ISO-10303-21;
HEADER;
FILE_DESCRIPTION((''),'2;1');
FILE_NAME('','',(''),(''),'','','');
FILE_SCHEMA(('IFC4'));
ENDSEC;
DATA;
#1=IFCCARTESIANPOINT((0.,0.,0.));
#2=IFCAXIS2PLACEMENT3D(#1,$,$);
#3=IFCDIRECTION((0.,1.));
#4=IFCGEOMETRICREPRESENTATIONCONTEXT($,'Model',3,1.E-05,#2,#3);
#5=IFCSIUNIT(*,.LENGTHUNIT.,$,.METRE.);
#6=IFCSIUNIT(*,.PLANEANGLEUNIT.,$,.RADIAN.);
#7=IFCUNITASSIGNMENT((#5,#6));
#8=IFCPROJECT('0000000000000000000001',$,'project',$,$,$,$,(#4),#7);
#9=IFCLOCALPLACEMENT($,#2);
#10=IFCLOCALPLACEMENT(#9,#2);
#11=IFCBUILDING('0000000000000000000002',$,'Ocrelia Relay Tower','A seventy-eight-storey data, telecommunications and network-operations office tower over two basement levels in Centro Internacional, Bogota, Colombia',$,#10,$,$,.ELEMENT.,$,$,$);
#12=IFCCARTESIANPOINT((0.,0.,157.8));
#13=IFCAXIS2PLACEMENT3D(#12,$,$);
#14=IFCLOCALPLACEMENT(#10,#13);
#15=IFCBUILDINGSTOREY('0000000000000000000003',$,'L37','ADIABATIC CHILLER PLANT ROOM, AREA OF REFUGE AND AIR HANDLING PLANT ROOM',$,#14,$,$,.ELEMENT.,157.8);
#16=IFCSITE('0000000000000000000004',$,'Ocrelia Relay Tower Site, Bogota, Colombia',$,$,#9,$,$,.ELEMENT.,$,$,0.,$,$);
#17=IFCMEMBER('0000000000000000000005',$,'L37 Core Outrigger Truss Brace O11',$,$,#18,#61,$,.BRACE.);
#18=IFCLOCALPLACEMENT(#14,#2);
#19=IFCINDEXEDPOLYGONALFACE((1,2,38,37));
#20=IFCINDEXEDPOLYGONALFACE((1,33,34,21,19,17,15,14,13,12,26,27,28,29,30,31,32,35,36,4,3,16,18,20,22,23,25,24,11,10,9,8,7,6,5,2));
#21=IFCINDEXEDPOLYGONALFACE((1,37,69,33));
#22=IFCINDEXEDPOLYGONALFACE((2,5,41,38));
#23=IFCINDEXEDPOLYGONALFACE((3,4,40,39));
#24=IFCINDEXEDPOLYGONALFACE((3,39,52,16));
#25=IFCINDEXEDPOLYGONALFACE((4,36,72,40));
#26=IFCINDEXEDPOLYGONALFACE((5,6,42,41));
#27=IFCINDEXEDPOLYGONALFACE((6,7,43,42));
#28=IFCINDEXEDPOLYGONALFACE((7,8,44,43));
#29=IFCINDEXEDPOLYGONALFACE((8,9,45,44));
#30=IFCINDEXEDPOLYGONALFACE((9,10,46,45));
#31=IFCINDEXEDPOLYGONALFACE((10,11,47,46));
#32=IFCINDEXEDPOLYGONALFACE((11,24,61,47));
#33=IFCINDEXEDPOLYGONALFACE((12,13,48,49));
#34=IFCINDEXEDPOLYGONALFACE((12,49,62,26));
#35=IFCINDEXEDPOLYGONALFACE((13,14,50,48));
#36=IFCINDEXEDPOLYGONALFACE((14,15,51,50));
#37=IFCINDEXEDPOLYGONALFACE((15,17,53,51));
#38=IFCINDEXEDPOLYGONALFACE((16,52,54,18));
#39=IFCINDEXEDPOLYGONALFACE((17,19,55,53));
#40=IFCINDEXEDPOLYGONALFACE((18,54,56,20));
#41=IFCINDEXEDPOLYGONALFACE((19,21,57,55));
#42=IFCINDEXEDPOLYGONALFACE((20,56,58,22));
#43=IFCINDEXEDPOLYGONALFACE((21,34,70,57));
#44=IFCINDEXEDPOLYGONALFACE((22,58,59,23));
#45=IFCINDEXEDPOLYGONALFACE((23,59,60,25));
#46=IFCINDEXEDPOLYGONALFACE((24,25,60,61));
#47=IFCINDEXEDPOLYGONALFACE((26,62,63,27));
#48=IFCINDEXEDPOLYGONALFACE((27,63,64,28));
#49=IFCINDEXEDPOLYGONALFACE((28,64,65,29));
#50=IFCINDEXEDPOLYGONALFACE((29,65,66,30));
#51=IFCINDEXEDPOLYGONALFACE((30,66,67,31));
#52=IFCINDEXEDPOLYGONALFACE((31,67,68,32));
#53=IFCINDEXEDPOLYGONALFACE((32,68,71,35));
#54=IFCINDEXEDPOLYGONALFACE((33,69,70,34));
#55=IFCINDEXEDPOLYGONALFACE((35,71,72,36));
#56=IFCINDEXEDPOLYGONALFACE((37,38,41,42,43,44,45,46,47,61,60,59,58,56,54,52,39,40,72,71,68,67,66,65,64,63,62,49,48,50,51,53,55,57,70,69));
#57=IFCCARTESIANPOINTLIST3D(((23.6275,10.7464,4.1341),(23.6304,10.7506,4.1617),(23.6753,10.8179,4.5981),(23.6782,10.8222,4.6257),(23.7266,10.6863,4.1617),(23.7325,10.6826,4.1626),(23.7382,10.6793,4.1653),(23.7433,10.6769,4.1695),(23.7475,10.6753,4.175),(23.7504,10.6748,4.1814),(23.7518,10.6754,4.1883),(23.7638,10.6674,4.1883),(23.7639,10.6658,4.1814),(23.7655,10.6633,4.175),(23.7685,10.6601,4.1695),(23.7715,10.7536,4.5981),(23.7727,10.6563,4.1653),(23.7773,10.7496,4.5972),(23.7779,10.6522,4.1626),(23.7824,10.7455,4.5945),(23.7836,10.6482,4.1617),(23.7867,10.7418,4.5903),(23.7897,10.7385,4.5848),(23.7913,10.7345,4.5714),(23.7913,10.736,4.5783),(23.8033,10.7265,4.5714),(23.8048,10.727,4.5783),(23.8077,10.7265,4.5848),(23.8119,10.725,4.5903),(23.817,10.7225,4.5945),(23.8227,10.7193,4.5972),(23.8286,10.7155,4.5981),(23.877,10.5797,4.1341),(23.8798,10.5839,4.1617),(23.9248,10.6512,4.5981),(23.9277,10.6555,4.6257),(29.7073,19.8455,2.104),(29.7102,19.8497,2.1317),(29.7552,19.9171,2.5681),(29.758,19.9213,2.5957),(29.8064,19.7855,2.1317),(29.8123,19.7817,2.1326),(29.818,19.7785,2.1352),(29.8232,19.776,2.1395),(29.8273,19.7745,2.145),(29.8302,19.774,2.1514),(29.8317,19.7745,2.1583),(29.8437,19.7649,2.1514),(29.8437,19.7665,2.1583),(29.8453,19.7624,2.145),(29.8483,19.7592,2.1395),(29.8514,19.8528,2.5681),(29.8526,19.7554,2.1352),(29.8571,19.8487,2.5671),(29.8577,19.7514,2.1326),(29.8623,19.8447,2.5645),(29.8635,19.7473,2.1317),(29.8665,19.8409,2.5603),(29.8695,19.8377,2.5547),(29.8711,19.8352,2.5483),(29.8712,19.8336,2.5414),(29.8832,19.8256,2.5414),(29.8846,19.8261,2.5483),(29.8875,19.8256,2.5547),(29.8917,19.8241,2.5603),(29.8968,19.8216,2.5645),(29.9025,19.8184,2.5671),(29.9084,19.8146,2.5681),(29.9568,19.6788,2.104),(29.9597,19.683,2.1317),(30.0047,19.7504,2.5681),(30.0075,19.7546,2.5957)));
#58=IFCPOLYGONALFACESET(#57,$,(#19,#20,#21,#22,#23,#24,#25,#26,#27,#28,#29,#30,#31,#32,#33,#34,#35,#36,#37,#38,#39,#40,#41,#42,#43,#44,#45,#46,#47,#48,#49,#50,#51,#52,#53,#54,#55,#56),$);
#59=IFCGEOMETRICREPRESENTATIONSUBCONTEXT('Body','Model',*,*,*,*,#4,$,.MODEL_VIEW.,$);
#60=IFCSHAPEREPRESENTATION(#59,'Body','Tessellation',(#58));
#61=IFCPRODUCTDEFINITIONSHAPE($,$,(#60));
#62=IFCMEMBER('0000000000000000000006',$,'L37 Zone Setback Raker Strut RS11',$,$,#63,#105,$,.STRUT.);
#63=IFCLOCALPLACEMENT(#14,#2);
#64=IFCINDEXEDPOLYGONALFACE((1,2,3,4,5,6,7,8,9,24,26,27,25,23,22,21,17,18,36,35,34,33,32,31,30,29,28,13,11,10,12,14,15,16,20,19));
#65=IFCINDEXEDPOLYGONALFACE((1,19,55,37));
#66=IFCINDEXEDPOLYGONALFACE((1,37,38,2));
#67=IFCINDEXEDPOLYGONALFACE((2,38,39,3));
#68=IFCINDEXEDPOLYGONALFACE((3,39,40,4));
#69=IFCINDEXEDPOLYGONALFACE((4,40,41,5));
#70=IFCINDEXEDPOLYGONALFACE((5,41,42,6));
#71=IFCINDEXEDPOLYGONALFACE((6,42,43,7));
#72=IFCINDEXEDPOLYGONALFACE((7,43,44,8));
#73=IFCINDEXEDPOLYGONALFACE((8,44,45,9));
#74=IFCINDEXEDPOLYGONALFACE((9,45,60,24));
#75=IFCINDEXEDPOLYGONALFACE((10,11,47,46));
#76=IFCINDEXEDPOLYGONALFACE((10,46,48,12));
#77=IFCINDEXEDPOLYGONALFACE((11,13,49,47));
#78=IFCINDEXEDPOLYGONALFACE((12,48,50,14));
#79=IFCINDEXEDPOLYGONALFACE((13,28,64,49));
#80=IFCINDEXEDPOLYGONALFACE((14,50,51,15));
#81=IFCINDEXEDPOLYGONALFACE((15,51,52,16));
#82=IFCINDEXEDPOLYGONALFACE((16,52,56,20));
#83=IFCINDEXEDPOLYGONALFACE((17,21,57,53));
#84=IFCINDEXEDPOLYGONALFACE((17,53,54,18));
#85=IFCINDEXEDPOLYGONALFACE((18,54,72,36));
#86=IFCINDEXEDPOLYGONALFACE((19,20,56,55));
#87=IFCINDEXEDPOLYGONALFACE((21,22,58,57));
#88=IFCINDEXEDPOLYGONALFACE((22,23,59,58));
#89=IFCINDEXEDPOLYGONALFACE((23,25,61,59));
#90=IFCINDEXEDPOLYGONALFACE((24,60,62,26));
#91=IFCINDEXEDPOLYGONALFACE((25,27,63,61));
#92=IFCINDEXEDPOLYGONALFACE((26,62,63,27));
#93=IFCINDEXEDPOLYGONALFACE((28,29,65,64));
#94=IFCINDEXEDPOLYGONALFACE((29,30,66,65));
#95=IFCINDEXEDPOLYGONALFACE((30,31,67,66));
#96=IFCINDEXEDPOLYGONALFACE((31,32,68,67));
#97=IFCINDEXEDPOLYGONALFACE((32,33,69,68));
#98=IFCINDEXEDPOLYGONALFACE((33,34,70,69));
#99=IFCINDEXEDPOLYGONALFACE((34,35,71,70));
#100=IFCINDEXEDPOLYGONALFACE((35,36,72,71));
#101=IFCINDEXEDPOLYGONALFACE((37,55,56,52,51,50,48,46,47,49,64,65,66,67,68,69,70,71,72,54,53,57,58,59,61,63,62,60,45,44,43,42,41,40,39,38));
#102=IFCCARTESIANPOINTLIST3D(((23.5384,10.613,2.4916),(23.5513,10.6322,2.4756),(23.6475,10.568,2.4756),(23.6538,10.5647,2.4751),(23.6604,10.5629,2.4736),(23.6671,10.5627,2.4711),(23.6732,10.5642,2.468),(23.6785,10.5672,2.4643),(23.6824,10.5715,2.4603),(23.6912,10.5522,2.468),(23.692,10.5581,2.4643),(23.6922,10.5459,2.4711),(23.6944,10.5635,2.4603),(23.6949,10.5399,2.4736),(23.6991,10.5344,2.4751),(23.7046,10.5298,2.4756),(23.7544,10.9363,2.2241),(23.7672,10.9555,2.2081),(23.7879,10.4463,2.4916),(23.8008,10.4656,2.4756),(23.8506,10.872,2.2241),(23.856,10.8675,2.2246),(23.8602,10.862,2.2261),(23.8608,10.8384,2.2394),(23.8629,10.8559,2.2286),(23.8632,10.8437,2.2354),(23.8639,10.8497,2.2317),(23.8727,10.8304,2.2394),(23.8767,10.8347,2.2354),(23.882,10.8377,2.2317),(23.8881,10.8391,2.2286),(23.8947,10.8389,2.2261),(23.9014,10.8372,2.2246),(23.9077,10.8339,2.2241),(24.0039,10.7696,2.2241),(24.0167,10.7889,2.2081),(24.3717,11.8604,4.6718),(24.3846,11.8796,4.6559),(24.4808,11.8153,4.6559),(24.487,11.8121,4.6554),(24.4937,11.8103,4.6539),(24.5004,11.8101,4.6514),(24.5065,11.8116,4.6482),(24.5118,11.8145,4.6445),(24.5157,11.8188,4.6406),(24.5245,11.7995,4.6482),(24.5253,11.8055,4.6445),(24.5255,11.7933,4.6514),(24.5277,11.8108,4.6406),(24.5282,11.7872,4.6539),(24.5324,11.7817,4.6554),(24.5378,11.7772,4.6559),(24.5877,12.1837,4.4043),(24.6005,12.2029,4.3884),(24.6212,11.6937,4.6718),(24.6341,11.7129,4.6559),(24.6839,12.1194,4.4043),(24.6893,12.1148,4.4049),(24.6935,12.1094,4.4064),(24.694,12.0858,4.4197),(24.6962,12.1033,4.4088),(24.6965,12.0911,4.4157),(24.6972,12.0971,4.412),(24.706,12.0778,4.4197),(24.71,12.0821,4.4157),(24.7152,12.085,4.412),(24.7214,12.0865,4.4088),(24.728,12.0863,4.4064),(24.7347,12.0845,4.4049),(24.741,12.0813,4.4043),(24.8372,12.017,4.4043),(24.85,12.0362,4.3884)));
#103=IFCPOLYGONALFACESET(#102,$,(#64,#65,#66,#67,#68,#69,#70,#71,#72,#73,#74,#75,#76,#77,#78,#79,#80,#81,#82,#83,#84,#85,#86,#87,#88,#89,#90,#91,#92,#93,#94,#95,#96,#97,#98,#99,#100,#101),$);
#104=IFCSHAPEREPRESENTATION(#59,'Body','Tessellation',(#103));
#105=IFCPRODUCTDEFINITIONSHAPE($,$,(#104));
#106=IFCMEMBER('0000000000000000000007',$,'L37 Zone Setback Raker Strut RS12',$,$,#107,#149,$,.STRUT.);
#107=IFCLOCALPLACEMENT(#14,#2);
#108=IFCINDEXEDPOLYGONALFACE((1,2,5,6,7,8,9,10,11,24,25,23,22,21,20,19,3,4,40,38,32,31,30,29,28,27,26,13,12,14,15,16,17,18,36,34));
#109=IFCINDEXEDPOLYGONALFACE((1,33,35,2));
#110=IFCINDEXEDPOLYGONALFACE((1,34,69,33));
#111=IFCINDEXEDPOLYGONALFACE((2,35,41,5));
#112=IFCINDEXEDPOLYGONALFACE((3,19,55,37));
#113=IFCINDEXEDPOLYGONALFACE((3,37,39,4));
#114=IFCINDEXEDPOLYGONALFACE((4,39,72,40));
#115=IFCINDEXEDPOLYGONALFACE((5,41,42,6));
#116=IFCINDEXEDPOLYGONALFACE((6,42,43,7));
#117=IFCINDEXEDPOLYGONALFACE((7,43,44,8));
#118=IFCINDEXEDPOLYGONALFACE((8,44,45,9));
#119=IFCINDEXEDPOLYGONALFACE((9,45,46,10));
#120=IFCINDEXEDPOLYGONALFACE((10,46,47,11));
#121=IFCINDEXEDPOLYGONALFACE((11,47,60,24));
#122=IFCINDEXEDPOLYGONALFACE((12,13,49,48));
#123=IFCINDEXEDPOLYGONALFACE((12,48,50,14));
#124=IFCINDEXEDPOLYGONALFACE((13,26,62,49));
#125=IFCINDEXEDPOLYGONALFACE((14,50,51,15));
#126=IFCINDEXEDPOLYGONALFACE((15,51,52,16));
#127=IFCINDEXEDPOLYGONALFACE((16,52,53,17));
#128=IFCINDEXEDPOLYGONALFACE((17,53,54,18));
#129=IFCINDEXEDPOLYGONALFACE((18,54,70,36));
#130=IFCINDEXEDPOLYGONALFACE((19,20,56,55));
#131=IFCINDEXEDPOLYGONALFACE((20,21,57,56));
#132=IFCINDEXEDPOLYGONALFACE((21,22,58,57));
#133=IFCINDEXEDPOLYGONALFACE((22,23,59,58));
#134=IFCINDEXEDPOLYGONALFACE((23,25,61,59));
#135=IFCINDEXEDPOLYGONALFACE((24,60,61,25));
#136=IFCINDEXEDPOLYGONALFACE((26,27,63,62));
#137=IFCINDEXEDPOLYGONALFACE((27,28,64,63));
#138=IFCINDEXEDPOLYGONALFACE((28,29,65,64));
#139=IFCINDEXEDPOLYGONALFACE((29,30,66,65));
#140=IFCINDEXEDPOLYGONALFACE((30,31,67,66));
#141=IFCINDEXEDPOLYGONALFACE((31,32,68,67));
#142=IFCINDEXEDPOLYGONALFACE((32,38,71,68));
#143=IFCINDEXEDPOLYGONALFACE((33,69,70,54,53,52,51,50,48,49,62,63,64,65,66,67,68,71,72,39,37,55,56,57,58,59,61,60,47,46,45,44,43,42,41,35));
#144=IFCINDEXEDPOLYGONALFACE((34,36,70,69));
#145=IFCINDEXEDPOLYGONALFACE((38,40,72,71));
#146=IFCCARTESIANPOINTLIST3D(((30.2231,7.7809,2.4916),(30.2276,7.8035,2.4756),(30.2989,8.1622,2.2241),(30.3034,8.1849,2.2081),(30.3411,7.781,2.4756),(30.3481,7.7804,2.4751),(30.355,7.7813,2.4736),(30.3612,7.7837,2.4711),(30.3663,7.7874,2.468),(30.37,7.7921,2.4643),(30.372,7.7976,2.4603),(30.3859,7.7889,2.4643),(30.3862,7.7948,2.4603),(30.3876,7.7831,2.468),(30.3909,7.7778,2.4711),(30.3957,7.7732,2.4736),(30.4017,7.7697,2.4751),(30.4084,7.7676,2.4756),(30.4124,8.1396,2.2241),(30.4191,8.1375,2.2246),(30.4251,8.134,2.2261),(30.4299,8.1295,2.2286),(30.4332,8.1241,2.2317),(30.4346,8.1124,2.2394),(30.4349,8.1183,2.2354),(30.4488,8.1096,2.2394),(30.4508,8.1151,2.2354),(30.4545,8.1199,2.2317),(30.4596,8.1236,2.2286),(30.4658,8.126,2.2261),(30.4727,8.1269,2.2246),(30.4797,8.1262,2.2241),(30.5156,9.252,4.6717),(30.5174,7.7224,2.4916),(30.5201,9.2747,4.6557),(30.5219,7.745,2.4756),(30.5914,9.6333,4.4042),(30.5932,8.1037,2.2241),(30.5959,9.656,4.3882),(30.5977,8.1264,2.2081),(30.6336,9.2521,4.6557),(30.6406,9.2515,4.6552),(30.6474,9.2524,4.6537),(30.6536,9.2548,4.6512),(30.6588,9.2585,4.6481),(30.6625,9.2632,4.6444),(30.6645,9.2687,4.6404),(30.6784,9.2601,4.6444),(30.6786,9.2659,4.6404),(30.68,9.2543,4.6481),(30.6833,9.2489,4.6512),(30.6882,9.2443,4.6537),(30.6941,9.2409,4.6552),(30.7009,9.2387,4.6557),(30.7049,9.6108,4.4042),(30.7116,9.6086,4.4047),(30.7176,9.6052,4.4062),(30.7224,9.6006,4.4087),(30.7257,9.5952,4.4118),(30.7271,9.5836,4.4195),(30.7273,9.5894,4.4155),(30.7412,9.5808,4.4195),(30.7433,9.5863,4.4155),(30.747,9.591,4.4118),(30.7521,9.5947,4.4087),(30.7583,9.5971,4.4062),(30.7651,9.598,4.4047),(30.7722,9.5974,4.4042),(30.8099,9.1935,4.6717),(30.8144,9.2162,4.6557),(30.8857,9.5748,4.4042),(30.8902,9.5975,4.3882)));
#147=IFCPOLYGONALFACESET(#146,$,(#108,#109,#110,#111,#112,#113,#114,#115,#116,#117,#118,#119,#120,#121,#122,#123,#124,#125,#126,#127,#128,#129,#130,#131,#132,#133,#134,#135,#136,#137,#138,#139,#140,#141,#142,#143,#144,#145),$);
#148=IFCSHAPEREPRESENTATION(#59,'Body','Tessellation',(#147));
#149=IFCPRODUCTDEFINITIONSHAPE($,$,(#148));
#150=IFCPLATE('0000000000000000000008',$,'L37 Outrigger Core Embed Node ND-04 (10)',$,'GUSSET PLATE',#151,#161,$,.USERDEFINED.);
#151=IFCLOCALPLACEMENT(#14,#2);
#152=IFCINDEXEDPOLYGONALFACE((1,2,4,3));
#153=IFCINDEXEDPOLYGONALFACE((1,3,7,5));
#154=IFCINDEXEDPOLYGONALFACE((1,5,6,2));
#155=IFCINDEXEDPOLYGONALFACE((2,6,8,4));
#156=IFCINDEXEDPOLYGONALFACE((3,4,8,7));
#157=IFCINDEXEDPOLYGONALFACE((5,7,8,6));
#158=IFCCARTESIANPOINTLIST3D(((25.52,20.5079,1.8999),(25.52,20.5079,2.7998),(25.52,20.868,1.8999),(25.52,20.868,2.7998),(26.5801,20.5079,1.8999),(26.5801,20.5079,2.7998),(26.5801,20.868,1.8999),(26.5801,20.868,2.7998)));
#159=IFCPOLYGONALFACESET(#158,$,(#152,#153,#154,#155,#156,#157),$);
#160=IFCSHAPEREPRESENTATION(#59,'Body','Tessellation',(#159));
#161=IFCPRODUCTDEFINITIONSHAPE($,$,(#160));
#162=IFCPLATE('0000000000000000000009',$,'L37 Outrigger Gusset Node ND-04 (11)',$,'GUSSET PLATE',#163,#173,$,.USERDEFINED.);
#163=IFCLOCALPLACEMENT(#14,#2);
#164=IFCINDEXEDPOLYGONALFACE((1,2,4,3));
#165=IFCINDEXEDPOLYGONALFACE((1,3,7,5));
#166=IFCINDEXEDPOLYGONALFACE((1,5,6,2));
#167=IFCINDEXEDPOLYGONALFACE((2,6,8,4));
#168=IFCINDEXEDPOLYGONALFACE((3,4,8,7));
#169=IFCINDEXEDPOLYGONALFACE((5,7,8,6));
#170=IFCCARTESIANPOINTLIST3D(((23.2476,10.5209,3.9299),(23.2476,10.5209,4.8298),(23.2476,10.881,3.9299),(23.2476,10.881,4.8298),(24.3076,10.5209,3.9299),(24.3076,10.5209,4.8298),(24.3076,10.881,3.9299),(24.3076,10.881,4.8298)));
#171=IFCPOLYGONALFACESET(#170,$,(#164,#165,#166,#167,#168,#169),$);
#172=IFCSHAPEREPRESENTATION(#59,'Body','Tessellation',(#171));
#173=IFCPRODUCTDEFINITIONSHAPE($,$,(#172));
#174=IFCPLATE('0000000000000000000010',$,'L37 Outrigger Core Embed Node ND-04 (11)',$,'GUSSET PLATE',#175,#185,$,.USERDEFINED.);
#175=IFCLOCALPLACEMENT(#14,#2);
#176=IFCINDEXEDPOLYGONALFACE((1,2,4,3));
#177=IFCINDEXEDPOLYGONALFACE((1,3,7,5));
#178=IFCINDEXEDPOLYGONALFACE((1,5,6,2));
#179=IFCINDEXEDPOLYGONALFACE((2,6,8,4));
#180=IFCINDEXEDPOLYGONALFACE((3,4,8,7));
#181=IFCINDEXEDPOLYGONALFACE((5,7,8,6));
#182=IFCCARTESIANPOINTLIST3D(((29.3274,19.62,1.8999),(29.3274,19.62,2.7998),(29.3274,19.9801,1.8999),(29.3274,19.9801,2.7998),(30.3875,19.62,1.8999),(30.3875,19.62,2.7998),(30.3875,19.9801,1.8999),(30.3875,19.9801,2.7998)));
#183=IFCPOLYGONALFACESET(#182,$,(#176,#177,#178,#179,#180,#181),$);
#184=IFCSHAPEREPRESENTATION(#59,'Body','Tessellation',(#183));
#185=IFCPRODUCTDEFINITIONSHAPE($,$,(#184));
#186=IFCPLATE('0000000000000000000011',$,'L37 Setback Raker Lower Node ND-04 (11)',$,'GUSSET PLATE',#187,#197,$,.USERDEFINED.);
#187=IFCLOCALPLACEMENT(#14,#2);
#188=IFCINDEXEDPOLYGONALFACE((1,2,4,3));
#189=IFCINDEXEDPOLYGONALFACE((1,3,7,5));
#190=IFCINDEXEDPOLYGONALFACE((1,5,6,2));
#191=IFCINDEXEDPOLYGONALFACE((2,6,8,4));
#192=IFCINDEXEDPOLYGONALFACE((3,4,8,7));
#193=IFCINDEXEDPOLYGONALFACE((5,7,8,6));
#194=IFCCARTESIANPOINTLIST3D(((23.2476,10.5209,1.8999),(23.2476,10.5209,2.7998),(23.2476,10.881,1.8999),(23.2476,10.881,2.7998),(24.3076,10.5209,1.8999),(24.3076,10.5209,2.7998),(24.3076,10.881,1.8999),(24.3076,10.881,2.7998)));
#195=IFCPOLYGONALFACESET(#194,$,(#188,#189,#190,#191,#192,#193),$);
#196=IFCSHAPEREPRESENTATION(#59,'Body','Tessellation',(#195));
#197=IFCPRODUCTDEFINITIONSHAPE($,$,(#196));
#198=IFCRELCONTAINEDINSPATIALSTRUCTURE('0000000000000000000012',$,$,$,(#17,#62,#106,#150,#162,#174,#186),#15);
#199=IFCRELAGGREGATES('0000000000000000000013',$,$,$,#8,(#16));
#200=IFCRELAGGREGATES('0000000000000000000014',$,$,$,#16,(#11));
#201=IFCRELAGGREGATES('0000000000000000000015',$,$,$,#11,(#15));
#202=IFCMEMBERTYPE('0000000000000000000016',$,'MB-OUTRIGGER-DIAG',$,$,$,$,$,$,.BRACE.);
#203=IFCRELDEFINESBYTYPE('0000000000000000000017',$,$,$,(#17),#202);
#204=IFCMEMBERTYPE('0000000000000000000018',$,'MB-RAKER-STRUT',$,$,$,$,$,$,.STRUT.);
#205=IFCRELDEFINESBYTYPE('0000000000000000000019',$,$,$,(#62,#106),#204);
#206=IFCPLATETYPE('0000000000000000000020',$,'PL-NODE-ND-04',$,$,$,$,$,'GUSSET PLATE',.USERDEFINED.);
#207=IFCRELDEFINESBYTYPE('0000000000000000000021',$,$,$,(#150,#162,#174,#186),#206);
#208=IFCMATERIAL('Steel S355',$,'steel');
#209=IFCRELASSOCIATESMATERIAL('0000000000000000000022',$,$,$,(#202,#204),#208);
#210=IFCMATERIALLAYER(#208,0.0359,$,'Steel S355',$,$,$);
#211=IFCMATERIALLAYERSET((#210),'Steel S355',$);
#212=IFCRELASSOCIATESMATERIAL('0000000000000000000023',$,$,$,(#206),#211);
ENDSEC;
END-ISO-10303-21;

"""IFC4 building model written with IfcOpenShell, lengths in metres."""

from ifc_helpers import new_model, si_unit, direction, frame, origin, origin_2d, place, context, subcontext, project, spatial, rectangle, i_section, extrude, material, layer, layer_set, material_profile, profile_set, type_object, element, save


model = new_model("IFC4")

# Units and contexts
model_context = context("Model", 3, precision=1e-05, world=origin(), true_north=direction((0.0, 1.0)))
body_context = subcontext(model_context, "Body", "Model", "MODEL_VIEW")
ifc_project = project(units=[si_unit("LENGTHUNIT", "METRE"), si_unit("PLANEANGLEUNIT", "RADIAN")], contexts=[model_context])

# Site, building, storey
site_placement = place(None, origin())
site = spatial("IfcSite", under=ifc_project, at=site_placement, Name="Ocrelia Relay Tower Site, Bogota, Colombia", CompositionType="ELEMENT", RefElevation=0.0)
building_placement = place(site_placement, origin())
building = spatial("IfcBuilding", under=site, at=building_placement, Name="Ocrelia Relay Tower", Description="A seventy-eight-storey data, telecommunications and network-operations office tower over two basement levels in Centro Internacional, Bogota, Colombia", CompositionType="ELEMENT")
storey_placement = place(building_placement, frame((0.0, 0.0, 157.8)))
storey = spatial("IfcBuildingStorey", under=building, at=storey_placement, Name="L37", Description="ADIABATIC CHILLER PLANT ROOM, AREA OF REFUGE AND AIR HANDLING PLANT ROOM", CompositionType="ELEMENT", Elevation=157.8)

# Shared definitions
ifc_material_1 = material(Name="Steel S355", Category="steel")

# Members
ifc_material_profile_1 = material_profile(ifc_material_1, i_section(OverallWidth=0.3, OverallDepth=0.5, WebThickness=0.0144, FlangeThickness=0.0281, FilletRadius=0.0271, at=origin_2d()), Name="HEB 500")
ifc_profile_set_1 = profile_set([ifc_material_profile_1], Name="Steel S355")
member_type_1 = type_object("IfcMemberType", Name="MB-OUTRIGGER-DIAG", PredefinedType="BRACE", material=ifc_profile_set_1)
member_1_placement = place(storey_placement, frame((29.8574, 19.8, 2.3499), z_axis=(-0.546251, -0.817523, 0.182391), x_axis=(0.83147, -0.55557, 0.0)))
element("IfcMember", 1, at=member_1_placement, inside=storey, type_object=member_type_1, Name="L37 Core Outrigger Truss Brace O11", PredefinedType="BRACE", context=body_context, shape_type="SweptSolid", body=[
    extrude(i_section(OverallWidth=0.3, OverallDepth=0.5, WebThickness=0.0144, FlangeThickness=0.0281, FilletRadius=0.0271, at=origin_2d()), origin(), (0.0, 0.0, 1.0), 11.1301),
])
ifc_material_profile_2 = material_profile(ifc_material_1, i_section(OverallWidth=0.3, OverallDepth=0.5, WebThickness=0.0144, FlangeThickness=0.0281, FilletRadius=0.0271, at=origin_2d()), Name="HEB 500")
ifc_profile_set_2 = profile_set([ifc_material_profile_2], Name="Steel S355")
member_type_2 = type_object("IfcMemberType", Name="MB-RAKER-STRUT", PredefinedType="STRUT", material=ifc_profile_set_2)
member_2_placement = place(storey_placement, frame((23.7776, 10.7009, 2.3499), z_axis=(0.314866, 0.471331, 0.823837), x_axis=(-0.831524, 0.555489, 0.0)))
element("IfcMember", 2, at=member_2_placement, inside=storey, type_object=member_type_2, Name="L37 Zone Setback Raker Strut RS11", PredefinedType="STRUT", context=body_context, shape_type="SweptSolid", body=[
    extrude(i_section(OverallWidth=0.3, OverallDepth=0.5, WebThickness=0.0144, FlangeThickness=0.0281, FilletRadius=0.0271, at=origin_2d()), origin(), (0.0, 0.0, 1.0), 2.6465),
])
member_3_placement = place(storey_placement, frame((30.4104, 7.9536, 2.3499), z_axis=(0.110523, 0.555934, 0.823846), x_axis=(-0.980805, 0.194989, 0.0)))
element("IfcMember", 3, at=member_3_placement, inside=storey, type_object=member_type_2, Name="L37 Zone Setback Raker Strut RS12", PredefinedType="STRUT", context=body_context, shape_type="SweptSolid", body=[
    extrude(i_section(OverallWidth=0.3, OverallDepth=0.5, WebThickness=0.0144, FlangeThickness=0.0281, FilletRadius=0.0271, at=origin_2d()), origin(), (0.0, 0.0, 1.0), 2.6462),
])

# Plates
ifc_layer_1 = layer(ifc_material_1, 0.0359, Name="Steel S355")
ifc_layer_set_1 = layer_set([ifc_layer_1], Name="Steel S355")
plate_type = type_object("IfcPlateType", Name="PL-NODE-ND-04", ElementType="GUSSET PLATE", PredefinedType="USERDEFINED", material=ifc_layer_set_1)
for number, where, z_axis, x_axis, name in (
    (4, (26.05, 20.688, 1.8999), (0.0, 0.0, 1.0), (1.0, 0.0, 0.0), "L37 Outrigger Core Embed Node ND-04 (10)"),
    (5, (23.7776, 10.7009, 3.9299), (0.0, 0.0, 1.0), (1.0, 0.0, 0.0), "L37 Outrigger Gusset Node ND-04 (11)"),
    (6, (29.8574, 19.8, 1.8999), (0.0, 0.0, 1.0), (1.0, 0.0, 0.0), "L37 Outrigger Core Embed Node ND-04 (11)"),
    (7, (23.7776, 10.7009, 1.8999), (0.0, 0.0, 1.0), (1.0, 0.0, 0.0), "L37 Setback Raker Lower Node ND-04 (11)"),
):
    element("IfcPlate", number, at=place(storey_placement, frame(where, z_axis=z_axis, x_axis=x_axis)), inside=storey, type_object=plate_type, Name=name, ObjectType="GUSSET PLATE", PredefinedType="USERDEFINED", context=body_context, shape_type="SweptSolid", body=[
        extrude(rectangle(XDim=1.0601, YDim=0.3601, at=origin_2d()), origin(), (0.0, 0.0, 1.0), 0.8999),
    ])

save(model, "model.ifc")
